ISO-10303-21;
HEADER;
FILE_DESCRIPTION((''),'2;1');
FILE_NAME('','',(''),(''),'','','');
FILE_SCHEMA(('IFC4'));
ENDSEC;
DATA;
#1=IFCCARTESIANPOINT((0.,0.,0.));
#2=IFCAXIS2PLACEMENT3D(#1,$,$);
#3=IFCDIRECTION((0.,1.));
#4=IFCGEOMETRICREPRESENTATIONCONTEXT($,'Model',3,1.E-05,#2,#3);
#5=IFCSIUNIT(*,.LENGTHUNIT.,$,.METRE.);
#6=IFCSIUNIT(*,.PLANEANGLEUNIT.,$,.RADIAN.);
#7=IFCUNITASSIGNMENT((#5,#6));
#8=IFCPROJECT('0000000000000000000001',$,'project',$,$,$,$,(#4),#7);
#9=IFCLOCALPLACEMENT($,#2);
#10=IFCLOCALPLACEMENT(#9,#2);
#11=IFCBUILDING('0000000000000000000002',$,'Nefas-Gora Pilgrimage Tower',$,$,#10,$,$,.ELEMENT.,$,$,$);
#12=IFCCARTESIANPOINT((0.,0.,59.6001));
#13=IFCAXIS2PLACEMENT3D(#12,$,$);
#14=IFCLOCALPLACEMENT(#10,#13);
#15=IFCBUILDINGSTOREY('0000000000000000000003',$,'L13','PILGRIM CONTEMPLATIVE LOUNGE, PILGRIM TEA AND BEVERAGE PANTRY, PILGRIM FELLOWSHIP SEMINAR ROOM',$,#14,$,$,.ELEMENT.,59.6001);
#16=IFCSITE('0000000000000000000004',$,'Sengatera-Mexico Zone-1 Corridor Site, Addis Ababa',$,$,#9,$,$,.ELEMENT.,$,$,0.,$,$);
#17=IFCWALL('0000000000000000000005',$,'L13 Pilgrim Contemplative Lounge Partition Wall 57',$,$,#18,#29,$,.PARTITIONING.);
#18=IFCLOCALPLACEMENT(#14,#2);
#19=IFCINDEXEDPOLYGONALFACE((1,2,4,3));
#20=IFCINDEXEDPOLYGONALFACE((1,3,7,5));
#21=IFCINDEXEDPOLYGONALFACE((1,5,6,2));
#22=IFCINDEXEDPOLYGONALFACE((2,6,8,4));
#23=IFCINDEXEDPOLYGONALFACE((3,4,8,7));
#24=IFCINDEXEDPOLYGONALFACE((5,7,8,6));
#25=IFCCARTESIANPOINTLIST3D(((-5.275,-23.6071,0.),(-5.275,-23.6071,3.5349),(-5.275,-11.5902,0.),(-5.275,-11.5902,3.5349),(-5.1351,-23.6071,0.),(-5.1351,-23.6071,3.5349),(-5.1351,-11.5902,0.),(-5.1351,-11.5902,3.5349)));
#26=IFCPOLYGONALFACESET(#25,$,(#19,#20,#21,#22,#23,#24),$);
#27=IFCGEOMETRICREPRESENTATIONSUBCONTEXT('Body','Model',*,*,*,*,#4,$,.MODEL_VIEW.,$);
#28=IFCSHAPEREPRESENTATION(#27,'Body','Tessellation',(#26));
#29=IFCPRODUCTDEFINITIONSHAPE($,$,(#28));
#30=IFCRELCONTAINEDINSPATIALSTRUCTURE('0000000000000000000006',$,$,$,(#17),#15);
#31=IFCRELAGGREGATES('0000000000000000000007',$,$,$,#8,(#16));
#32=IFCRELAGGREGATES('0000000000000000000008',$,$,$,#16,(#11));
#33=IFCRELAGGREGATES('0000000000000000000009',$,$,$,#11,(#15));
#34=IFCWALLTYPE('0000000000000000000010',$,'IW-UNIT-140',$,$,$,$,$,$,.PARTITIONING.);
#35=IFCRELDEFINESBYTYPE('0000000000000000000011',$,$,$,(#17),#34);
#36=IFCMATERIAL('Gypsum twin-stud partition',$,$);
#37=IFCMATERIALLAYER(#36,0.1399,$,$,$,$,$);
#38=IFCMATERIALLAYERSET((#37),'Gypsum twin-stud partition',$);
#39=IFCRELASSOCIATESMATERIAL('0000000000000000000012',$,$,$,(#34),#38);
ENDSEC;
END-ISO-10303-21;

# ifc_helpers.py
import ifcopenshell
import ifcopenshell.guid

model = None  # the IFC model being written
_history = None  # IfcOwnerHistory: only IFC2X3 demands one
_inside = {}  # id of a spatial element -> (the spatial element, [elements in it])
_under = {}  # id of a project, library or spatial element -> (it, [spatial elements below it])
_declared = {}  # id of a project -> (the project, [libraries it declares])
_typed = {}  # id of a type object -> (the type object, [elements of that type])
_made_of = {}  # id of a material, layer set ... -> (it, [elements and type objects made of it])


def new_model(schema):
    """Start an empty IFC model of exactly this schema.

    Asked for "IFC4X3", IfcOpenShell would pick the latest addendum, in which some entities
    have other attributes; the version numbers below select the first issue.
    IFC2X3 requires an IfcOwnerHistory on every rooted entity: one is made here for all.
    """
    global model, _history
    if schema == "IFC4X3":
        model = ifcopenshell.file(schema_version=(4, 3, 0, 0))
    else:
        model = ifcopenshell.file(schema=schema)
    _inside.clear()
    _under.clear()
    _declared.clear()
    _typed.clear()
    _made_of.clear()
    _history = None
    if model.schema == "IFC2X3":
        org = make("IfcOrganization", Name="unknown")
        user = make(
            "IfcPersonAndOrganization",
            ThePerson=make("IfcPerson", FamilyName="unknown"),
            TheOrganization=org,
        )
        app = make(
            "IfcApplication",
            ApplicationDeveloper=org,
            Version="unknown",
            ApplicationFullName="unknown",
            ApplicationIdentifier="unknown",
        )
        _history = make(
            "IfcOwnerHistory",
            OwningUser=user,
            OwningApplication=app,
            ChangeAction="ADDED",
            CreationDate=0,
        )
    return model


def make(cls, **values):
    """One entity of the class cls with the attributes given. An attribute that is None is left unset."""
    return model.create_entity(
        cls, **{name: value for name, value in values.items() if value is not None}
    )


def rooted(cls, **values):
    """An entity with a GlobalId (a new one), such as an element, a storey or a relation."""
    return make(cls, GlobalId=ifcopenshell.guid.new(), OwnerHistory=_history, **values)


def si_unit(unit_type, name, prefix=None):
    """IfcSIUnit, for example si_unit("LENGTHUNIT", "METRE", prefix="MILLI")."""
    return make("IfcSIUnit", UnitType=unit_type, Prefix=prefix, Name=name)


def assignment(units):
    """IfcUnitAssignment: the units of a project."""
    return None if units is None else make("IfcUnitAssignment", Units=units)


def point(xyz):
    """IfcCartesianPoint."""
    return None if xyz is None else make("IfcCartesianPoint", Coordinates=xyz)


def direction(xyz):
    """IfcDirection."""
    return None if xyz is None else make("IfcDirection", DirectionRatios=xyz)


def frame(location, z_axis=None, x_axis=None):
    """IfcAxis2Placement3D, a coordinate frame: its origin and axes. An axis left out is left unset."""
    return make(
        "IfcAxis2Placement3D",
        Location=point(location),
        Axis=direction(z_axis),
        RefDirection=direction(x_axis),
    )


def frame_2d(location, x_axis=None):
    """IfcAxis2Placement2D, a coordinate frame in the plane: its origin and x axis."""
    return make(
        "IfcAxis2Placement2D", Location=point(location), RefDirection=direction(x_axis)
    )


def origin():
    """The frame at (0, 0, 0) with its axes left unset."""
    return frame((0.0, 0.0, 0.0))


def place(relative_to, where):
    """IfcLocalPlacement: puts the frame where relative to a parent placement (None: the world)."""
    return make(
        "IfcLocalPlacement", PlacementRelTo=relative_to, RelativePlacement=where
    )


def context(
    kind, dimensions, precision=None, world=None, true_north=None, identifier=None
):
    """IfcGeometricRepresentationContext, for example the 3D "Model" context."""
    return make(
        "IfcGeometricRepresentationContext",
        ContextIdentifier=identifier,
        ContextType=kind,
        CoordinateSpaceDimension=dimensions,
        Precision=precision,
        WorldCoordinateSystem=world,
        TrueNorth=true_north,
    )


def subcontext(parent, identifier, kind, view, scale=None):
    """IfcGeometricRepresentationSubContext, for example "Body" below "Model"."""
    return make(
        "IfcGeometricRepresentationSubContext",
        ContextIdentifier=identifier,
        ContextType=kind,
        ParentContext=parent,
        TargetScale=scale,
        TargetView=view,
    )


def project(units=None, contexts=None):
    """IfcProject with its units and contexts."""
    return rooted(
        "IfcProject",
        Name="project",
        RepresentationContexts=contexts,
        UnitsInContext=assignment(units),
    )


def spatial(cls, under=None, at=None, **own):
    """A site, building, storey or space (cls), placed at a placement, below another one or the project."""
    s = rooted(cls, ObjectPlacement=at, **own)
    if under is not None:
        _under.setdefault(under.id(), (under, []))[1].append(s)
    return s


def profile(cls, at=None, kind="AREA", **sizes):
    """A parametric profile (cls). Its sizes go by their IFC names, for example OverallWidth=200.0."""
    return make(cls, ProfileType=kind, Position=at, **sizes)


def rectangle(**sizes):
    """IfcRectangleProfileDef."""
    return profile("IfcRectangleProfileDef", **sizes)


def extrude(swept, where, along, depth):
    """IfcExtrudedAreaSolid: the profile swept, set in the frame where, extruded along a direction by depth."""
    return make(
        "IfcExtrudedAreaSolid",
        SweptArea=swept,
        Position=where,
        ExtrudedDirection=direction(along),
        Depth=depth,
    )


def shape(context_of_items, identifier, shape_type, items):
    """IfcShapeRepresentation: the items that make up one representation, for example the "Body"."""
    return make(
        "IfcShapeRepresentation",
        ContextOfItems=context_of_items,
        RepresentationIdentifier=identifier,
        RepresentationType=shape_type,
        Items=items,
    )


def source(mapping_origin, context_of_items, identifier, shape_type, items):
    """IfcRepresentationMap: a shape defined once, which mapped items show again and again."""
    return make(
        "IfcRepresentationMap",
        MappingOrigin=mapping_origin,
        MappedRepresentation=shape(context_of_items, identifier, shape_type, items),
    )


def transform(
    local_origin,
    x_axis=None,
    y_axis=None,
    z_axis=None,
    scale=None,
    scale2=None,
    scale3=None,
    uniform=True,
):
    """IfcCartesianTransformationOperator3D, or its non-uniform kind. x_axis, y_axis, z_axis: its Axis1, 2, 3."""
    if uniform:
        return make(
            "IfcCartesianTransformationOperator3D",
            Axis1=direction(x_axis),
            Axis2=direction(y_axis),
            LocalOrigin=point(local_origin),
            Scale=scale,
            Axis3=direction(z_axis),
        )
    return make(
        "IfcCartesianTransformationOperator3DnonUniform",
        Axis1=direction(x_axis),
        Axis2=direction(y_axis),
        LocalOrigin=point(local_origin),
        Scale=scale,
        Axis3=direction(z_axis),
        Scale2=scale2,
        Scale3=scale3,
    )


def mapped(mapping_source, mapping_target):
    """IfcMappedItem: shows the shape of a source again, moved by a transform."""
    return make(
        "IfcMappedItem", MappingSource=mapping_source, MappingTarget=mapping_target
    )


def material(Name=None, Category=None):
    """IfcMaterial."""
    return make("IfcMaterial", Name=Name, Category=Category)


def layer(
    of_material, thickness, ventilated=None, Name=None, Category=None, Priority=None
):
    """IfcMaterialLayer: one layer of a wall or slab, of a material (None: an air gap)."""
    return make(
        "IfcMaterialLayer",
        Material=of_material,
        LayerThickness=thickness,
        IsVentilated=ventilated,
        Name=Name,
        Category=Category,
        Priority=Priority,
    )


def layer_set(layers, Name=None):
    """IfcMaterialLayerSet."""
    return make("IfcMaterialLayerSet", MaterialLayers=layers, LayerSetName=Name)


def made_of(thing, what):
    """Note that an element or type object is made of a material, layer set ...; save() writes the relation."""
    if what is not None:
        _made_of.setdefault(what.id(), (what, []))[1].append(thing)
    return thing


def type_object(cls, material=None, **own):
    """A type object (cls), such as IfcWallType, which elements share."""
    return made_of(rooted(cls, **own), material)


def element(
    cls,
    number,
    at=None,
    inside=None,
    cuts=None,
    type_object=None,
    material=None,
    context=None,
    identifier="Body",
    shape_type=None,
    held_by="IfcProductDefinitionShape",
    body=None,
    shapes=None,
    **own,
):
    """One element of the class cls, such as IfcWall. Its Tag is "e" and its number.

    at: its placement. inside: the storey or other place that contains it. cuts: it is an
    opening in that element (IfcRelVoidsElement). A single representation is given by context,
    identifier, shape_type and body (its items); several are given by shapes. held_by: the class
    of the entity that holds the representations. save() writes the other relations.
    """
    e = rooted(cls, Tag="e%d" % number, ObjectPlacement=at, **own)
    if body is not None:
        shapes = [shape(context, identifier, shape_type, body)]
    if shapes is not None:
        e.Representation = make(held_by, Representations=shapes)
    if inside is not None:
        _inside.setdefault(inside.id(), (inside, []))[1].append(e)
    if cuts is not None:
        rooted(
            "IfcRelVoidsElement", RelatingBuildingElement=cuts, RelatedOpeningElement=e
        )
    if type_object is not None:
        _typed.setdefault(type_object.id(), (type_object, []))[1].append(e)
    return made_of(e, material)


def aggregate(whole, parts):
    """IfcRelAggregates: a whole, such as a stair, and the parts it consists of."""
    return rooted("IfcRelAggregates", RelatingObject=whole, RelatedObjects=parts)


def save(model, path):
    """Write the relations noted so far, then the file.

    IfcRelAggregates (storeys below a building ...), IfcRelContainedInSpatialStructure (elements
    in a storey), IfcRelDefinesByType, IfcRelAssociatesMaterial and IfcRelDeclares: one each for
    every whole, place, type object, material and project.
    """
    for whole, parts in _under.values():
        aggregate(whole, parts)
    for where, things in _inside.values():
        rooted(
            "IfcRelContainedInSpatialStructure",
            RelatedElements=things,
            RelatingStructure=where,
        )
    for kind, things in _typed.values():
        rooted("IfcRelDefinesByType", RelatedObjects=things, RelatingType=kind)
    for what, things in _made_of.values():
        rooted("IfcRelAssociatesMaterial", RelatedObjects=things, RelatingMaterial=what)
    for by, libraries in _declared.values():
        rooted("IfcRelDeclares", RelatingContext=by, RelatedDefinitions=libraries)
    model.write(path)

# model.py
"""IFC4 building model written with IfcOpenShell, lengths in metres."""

from ifc_helpers import new_model, si_unit, direction, frame, frame_2d, origin, place, context, subcontext, project, spatial, rectangle, extrude, source, transform, mapped, material, layer, layer_set, type_object, element, save


model = new_model("IFC4")

# Units and contexts
model_context = context("Model", 3, precision=1e-05, world=origin(), true_north=direction((0.0, 1.0)))
body_context = subcontext(model_context, "Body", "Model", "MODEL_VIEW")
ifc_project = project(units=[si_unit("LENGTHUNIT", "METRE"), si_unit("PLANEANGLEUNIT", "RADIAN")], contexts=[model_context])

# Site, building, storey
site_placement = place(None, origin())
site = spatial("IfcSite", under=ifc_project, at=site_placement, Name="Sengatera-Mexico Zone-1 Corridor Site, Addis Ababa", CompositionType="ELEMENT", RefElevation=0.0)
building_placement = place(site_placement, origin())
building = spatial("IfcBuilding", under=site, at=building_placement, Name="Nefas-Gora Pilgrimage Tower", CompositionType="ELEMENT")
storey_placement = place(building_placement, frame((0.0, 0.0, 59.6001)))
storey = spatial("IfcBuildingStorey", under=building, at=storey_placement, Name="L13", Description="PILGRIM CONTEMPLATIVE LOUNGE, PILGRIM TEA AND BEVERAGE PANTRY, PILGRIM FELLOWSHIP SEMINAR ROOM", CompositionType="ELEMENT", Elevation=59.6001)

# Shared definitions
ifc_material_1 = material(Name="Gypsum twin-stud partition")
ifc_layer_1 = layer(ifc_material_1, 0.1399)
ifc_layer_set_1 = layer_set([ifc_layer_1], Name="Gypsum twin-stud partition")
wall_type_1 = type_object("IfcWallType", Name="IW-UNIT-140", PredefinedType="PARTITIONING", material=ifc_layer_set_1)

# Wall
shared_shape_1 = source(origin(), body_context, "Body", "SweptSolid", [
    extrude(rectangle(XDim=12.0168, YDim=0.1399, at=frame_2d((6.0083, 0.0))), origin(), (0.0, 0.0, 1.0), 3.5349),
])
wall_1_placement = place(storey_placement, frame((-5.2051, -23.6069, 0.0), z_axis=(0.0, 0.0, 1.0), x_axis=(0.0, 1.0, 0.0)))
element("IfcWall", 1, at=wall_1_placement, inside=storey, type_object=wall_type_1, Name="L13 Pilgrim Contemplative Lounge Partition Wall 57", PredefinedType="PARTITIONING", context=body_context, shape_type="MappedRepresentation", body=[
    mapped(shared_shape_1, transform((0.0, 0.0, 0.0), x_axis=(1.0, 0.0, 0.0), y_axis=(0.0, 1.0, 0.0), z_axis=(0.0, 0.0, 1.0), scale=1.0)),
])

save(model, "model.ifc")
